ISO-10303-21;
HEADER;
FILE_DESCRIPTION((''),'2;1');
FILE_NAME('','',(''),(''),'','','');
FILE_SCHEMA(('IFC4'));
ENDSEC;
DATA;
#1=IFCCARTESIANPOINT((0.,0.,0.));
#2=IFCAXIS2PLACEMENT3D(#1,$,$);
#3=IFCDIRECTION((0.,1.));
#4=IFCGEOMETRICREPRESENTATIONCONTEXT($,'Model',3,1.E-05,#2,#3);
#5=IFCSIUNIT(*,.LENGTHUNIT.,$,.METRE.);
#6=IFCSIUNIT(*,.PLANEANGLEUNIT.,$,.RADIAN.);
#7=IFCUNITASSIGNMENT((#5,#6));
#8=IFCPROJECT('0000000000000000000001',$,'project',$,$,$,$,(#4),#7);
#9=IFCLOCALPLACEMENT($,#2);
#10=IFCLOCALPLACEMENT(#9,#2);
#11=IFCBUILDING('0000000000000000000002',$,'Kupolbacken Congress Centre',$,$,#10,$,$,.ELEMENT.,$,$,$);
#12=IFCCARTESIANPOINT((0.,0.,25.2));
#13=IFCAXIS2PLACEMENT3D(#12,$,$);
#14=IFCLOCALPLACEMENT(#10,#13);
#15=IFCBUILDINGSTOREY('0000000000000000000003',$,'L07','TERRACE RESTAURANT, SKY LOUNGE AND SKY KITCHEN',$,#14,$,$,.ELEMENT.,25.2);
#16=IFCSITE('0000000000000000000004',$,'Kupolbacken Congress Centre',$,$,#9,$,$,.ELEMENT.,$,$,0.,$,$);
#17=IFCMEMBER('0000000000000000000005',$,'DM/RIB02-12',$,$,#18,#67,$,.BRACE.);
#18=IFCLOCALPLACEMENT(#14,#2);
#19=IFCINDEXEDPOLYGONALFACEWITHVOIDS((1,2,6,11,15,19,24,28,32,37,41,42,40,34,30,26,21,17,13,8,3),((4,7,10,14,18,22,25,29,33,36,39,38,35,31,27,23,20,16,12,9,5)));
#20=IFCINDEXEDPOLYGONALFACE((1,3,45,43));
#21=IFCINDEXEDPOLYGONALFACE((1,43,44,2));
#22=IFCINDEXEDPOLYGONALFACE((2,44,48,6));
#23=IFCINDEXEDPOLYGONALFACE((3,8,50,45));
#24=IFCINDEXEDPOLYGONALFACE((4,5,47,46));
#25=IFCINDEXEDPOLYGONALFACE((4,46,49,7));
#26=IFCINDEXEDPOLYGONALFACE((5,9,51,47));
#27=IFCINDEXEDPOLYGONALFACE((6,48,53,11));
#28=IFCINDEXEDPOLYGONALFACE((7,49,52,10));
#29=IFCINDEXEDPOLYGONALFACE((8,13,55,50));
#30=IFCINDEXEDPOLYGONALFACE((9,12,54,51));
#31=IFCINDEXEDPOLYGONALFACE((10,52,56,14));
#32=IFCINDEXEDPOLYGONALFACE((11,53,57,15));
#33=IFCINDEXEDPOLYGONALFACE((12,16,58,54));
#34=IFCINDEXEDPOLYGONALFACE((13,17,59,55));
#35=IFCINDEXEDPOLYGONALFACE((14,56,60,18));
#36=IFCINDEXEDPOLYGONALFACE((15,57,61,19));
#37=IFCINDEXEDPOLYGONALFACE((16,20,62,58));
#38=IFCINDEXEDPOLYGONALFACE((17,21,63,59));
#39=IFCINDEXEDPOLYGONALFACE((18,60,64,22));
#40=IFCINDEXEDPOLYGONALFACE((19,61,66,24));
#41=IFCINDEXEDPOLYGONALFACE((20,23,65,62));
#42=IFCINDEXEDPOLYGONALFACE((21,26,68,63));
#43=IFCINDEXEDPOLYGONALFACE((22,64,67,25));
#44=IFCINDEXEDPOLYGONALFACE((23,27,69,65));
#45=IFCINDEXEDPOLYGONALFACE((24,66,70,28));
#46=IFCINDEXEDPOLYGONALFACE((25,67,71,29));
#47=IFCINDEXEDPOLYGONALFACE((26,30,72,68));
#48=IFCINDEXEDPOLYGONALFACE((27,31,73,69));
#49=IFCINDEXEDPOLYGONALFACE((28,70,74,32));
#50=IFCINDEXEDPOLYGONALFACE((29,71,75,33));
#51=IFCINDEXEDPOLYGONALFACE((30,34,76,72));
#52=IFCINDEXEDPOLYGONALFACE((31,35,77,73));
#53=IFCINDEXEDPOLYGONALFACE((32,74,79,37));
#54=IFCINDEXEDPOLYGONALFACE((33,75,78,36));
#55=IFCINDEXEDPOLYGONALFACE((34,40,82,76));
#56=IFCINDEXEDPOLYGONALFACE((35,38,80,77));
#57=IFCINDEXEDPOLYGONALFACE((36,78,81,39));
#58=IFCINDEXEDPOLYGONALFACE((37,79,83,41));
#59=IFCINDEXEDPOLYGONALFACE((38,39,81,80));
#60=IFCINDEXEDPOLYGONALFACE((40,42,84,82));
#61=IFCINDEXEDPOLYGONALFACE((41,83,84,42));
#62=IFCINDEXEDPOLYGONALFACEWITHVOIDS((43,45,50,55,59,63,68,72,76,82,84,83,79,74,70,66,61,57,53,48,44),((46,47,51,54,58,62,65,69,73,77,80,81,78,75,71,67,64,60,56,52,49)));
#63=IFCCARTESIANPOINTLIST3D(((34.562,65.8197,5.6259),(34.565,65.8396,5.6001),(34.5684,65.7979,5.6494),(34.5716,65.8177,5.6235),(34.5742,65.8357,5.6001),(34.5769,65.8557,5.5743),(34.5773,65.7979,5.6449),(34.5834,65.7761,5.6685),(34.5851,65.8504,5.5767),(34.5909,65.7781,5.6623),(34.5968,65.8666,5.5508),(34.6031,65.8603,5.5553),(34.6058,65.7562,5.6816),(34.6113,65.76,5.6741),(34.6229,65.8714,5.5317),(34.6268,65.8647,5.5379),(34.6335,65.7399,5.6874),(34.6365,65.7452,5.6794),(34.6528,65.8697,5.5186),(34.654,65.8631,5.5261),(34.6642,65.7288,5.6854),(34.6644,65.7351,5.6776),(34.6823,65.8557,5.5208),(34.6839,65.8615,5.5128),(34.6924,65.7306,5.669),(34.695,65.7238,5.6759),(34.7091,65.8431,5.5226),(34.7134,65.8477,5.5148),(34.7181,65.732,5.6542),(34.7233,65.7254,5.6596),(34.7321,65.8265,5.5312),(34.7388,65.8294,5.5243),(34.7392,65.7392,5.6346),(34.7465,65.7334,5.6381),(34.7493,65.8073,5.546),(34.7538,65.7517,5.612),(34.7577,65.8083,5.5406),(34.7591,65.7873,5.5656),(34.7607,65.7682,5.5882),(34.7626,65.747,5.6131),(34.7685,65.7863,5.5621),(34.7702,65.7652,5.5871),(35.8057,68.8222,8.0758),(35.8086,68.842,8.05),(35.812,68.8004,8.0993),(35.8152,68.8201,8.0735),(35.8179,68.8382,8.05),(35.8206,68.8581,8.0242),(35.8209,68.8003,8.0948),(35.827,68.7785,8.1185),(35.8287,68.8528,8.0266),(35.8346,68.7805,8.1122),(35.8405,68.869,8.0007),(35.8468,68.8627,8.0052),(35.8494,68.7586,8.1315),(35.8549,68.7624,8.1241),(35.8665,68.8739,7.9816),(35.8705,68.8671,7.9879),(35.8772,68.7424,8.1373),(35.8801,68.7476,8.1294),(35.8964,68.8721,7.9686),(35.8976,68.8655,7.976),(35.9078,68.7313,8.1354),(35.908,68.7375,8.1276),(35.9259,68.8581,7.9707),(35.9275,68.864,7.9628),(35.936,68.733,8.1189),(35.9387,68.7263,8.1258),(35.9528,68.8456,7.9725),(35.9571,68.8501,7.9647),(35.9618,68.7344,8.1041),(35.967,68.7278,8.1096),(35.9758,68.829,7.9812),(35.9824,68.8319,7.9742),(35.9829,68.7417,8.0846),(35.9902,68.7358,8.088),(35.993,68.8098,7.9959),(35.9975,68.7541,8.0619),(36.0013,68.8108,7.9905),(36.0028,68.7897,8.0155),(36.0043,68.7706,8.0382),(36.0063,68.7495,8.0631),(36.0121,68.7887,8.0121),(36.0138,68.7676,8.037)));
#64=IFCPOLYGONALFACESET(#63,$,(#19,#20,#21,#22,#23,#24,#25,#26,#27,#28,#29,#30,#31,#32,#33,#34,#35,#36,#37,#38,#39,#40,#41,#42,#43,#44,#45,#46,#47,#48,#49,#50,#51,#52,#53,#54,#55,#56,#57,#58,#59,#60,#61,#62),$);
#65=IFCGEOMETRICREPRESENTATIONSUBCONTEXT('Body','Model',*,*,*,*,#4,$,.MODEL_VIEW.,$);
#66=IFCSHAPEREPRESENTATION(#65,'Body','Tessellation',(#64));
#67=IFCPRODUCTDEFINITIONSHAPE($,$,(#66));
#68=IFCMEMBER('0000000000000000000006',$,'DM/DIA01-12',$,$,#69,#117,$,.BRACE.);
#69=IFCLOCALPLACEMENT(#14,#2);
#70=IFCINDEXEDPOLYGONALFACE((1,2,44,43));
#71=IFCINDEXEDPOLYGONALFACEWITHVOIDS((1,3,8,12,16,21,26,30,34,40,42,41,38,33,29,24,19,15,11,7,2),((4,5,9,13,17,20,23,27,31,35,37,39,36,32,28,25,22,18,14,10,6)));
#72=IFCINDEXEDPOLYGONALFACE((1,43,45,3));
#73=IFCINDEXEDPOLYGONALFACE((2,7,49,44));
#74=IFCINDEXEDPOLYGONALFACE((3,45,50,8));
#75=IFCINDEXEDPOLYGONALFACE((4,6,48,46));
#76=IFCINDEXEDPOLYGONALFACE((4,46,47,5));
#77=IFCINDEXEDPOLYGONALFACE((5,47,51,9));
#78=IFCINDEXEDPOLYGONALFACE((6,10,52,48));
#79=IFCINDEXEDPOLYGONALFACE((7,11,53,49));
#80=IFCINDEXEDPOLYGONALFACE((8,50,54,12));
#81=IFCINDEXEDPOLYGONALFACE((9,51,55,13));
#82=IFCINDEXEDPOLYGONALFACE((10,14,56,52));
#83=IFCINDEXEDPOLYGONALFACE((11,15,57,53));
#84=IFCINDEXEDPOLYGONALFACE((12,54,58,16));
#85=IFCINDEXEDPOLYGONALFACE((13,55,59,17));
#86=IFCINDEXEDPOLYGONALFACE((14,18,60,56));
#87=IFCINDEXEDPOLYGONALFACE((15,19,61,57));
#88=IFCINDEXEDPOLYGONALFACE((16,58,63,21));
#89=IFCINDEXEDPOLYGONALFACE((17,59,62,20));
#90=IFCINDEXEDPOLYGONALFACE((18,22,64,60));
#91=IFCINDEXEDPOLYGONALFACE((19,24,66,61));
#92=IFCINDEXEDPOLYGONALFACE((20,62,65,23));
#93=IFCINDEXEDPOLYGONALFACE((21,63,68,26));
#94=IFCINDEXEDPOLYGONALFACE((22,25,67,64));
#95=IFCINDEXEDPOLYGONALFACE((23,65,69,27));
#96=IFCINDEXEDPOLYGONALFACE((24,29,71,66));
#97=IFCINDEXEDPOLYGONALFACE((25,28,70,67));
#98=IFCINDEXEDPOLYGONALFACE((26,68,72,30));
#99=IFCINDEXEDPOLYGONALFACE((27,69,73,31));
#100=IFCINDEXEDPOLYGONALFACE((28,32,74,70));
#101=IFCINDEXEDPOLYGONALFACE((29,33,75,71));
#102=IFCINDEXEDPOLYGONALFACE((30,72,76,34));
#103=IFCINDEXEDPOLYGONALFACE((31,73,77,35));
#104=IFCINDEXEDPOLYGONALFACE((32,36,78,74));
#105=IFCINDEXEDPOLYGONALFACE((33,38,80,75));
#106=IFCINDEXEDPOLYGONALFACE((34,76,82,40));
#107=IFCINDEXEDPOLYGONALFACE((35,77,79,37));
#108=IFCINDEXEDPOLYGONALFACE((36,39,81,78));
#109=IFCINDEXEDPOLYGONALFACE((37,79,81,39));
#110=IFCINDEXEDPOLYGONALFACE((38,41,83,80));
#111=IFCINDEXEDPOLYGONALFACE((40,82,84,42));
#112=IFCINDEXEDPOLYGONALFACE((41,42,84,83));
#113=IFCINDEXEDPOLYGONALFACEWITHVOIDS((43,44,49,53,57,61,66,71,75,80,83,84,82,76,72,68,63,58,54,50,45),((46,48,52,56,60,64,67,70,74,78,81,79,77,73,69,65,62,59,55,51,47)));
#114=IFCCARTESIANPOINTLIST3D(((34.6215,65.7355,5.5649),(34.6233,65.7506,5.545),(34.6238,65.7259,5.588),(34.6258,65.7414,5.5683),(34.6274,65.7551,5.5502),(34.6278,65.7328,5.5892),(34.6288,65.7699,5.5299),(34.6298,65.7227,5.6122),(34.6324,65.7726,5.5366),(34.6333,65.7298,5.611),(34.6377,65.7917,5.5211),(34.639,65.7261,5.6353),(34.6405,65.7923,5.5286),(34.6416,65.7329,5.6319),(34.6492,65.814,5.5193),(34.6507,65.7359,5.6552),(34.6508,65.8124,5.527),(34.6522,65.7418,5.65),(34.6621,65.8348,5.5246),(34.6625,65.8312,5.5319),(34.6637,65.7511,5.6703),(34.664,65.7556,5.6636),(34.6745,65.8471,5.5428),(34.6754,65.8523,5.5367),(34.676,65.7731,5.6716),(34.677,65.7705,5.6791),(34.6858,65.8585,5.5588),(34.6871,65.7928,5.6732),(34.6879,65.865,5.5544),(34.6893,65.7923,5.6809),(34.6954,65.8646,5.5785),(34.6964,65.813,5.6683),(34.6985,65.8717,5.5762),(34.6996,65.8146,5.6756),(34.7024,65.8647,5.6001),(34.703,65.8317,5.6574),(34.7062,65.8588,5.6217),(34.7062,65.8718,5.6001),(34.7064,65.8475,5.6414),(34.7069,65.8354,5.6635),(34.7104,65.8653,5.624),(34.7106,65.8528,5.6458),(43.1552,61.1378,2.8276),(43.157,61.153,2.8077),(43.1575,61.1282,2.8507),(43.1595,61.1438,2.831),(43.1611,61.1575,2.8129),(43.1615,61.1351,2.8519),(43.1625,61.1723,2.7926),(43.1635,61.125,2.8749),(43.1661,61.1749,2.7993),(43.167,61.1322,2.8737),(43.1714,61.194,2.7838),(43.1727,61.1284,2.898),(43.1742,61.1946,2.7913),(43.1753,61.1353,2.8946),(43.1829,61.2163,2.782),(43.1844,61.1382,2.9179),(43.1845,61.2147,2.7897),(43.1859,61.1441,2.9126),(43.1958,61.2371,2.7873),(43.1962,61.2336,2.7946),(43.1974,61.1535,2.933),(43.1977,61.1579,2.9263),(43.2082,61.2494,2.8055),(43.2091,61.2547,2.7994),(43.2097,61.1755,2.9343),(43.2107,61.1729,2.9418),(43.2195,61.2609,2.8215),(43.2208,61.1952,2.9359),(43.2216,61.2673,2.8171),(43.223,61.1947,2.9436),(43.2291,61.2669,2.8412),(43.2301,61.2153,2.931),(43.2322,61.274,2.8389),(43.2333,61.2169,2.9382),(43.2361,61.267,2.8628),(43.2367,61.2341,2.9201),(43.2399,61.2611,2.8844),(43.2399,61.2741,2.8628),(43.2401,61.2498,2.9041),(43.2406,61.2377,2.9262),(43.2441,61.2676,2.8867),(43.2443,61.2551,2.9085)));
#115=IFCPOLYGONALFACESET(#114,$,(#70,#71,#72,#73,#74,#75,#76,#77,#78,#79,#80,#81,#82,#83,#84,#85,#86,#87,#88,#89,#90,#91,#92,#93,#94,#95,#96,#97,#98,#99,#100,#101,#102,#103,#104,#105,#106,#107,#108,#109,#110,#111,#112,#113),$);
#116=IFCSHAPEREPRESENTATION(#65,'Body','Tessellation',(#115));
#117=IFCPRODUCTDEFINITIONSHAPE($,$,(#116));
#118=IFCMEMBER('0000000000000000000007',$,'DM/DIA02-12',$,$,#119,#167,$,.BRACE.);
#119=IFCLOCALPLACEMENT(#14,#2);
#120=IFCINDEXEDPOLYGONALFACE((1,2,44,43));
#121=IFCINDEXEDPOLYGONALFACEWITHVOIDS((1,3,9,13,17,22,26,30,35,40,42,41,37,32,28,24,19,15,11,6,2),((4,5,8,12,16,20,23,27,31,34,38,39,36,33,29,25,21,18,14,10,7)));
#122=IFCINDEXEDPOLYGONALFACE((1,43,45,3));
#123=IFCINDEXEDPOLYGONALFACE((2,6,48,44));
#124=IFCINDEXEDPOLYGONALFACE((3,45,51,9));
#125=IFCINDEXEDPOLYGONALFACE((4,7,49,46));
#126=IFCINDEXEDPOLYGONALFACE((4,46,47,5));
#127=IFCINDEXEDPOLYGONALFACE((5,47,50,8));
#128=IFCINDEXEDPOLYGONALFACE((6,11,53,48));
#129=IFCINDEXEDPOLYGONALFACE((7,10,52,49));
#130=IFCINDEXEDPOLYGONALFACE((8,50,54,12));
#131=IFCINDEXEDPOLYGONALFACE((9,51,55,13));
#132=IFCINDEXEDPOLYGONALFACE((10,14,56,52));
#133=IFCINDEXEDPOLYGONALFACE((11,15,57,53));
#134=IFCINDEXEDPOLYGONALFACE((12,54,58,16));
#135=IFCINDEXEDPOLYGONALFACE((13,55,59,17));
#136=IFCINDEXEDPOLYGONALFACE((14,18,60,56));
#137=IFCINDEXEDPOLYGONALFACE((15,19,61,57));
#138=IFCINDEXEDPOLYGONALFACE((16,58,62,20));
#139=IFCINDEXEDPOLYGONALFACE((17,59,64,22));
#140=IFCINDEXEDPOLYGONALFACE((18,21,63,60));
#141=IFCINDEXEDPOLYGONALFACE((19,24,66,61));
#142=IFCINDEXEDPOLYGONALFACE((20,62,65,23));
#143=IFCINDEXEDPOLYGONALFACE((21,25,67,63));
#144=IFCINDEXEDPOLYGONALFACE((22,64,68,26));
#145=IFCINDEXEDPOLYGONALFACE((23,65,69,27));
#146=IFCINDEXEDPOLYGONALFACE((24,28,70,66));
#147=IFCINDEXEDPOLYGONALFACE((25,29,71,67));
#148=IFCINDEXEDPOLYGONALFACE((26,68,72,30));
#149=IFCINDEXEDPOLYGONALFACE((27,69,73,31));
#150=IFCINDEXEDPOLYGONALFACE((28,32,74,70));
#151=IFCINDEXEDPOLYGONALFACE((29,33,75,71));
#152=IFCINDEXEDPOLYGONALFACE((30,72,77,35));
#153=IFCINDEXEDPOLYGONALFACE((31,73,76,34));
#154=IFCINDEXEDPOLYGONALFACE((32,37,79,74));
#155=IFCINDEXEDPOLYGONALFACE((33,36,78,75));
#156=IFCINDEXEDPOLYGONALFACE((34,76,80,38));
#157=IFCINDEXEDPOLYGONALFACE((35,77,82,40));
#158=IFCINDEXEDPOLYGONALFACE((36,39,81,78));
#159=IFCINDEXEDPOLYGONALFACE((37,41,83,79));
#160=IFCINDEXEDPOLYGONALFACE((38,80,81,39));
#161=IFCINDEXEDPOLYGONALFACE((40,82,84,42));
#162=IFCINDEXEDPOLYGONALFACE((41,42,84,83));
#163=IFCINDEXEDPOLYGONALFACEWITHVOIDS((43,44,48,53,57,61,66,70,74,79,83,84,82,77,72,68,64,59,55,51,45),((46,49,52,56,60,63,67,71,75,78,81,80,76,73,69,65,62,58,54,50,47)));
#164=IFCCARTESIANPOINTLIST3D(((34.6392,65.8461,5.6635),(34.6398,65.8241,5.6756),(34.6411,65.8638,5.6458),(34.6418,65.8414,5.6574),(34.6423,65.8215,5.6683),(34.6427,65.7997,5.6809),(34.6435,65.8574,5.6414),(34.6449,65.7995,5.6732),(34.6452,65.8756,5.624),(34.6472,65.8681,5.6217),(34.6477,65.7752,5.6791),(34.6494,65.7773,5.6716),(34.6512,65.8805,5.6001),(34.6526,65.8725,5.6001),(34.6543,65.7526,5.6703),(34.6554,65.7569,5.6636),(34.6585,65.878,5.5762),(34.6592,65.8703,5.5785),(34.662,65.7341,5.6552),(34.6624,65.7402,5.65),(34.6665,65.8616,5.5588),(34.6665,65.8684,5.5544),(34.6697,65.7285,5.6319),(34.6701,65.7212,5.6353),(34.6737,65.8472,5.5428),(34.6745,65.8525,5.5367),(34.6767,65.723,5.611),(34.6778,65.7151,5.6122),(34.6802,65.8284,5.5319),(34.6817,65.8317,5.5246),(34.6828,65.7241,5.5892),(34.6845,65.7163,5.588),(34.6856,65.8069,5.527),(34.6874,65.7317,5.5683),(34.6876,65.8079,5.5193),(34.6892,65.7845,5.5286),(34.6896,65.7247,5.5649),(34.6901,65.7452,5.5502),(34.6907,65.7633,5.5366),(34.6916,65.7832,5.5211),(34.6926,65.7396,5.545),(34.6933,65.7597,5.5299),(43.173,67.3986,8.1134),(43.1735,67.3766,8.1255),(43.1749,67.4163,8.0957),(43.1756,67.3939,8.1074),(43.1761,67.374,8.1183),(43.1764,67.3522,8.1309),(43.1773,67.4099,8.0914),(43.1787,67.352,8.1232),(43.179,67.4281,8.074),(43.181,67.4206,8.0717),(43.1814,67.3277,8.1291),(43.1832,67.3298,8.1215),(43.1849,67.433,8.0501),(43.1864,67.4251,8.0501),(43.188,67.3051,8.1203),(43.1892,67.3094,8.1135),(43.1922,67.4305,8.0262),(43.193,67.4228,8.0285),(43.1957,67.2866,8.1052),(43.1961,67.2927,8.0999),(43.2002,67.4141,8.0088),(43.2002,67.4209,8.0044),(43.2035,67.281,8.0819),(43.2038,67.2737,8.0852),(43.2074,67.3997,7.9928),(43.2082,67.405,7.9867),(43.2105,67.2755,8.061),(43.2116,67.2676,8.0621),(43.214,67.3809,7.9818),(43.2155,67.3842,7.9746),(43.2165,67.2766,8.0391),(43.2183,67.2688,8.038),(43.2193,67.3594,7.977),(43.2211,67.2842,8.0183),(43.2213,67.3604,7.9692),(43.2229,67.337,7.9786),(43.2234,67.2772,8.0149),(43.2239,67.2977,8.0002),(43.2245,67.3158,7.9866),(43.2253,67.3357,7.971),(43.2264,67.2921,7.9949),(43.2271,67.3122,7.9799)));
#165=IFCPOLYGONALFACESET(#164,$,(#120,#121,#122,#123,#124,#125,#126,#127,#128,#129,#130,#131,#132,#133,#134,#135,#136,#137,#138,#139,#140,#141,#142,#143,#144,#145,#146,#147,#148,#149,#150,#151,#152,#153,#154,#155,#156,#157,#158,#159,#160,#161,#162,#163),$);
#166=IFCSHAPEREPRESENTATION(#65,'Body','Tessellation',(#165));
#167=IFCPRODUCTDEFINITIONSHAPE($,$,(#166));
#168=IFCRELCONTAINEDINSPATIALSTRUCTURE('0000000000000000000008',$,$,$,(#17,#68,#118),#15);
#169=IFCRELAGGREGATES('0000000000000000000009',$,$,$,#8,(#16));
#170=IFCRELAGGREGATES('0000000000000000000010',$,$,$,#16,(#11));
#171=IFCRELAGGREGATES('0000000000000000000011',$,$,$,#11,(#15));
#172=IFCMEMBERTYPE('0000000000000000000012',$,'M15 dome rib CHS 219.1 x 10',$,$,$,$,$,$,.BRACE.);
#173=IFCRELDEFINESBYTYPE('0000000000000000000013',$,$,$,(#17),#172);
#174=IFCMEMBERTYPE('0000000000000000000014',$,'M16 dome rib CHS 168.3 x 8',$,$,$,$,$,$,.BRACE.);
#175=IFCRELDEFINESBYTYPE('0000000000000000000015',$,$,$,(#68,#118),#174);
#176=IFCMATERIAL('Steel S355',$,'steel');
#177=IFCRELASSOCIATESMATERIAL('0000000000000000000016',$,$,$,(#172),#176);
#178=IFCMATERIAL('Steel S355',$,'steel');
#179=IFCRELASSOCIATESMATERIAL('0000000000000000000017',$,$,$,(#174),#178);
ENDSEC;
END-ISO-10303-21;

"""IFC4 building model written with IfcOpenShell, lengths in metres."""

from ifc_helpers import new_model, si_unit, direction, frame, origin, origin_2d, place, context, subcontext, project, spatial, hollow_circle, extrude, material, material_profile, profile_set, type_object, element, save


model = new_model("IFC4")

# Units and contexts
model_context = context("Model", 3, precision=1e-05, world=origin(), true_north=direction((0.0, 1.0)))
body_context = subcontext(model_context, "Body", "Model", "MODEL_VIEW")
ifc_project = project(units=[si_unit("LENGTHUNIT", "METRE"), si_unit("PLANEANGLEUNIT", "RADIAN")], contexts=[model_context])

# Site, building, storey
site_placement = place(None, origin())
site = spatial("IfcSite", under=ifc_project, at=site_placement, Name="Kupolbacken Congress Centre", CompositionType="ELEMENT", RefElevation=0.0)
building_placement = place(site_placement, origin())
building = spatial("IfcBuilding", under=site, at=building_placement, Name="Kupolbacken Congress Centre", CompositionType="ELEMENT")
storey_placement = place(building_placement, frame((0.0, 0.0, 25.2)))
storey = spatial("IfcBuildingStorey", under=building, at=storey_placement, Name="L07", Description="TERRACE RESTAURANT, SKY LOUNGE AND SKY KITCHEN", CompositionType="ELEMENT", Elevation=25.2)

# Members
ifc_material_1 = material(Name="Steel S355", Category="steel")
ifc_material_profile_1 = material_profile(ifc_material_1, hollow_circle(Radius=0.1096, WallThickness=0.01, at=origin_2d()), Name="CHS 219.1 x 10")
ifc_profile_set_1 = profile_set([ifc_material_profile_1], Name="Steel S355")
member_type_1 = type_object("IfcMemberType", Name="M15 dome rib CHS 219.1 x 10", PredefinedType="BRACE", material=ifc_profile_set_1)
member_1_placement = place(storey_placement, frame((34.6663, 65.7976, 5.6001), z_axis=(0.305578, 0.73773, 0.601977), x_axis=(-0.923879, 0.382684, 0.0)))
element("IfcMember", 1, at=member_1_placement, inside=storey, type_object=member_type_1, Name="DM/RIB02-12", PredefinedType="BRACE", context=body_context, shape_type="SweptSolid", body=[
    extrude(hollow_circle(Radius=0.1096, WallThickness=0.01, at=origin_2d()), origin(), (0.0, 0.0, 1.0), 4.0698),
])
ifc_material_2 = material(Name="Steel S355", Category="steel")
ifc_material_profile_2 = material_profile(ifc_material_2, hollow_circle(Radius=0.0842, WallThickness=0.0081, at=origin_2d()), Name="CHS 168.3 x 8")
ifc_profile_set_2 = profile_set([ifc_material_profile_2], Name="Steel S355")
member_type_2 = type_object("IfcMemberType", Name="M16 dome rib CHS 168.3 x 8", PredefinedType="BRACE", material=ifc_profile_set_2)
member_2_placement = place(storey_placement, frame((34.6663, 65.7976, 5.6001), z_axis=(0.847227, -0.456457, -0.27176), x_axis=(0.474307, 0.880359, 0.0)))
element("IfcMember", 2, at=member_2_placement, inside=storey, type_object=member_type_2, Name="DM/DIA01-12", PredefinedType="BRACE", context=body_context, shape_type="SweptSolid", body=[
    extrude(hollow_circle(Radius=0.0842, WallThickness=0.0081, at=origin_2d()), origin(), (0.0, 0.0, 1.0), 10.0725),
])
member_3_placement = place(storey_placement, frame((34.6663, 65.7976, 5.6001), z_axis=(0.946807, 0.172248, 0.27182), x_axis=(-0.178987, 0.983851, 0.0)))
element("IfcMember", 3, at=member_3_placement, inside=storey, type_object=member_type_2, Name="DM/DIA02-12", PredefinedType="BRACE", context=body_context, shape_type="SweptSolid", body=[
    extrude(hollow_circle(Radius=0.0842, WallThickness=0.0081, at=origin_2d()), origin(), (0.0, 0.0, 1.0), 9.0132),
])

save(model, "model.ifc")
